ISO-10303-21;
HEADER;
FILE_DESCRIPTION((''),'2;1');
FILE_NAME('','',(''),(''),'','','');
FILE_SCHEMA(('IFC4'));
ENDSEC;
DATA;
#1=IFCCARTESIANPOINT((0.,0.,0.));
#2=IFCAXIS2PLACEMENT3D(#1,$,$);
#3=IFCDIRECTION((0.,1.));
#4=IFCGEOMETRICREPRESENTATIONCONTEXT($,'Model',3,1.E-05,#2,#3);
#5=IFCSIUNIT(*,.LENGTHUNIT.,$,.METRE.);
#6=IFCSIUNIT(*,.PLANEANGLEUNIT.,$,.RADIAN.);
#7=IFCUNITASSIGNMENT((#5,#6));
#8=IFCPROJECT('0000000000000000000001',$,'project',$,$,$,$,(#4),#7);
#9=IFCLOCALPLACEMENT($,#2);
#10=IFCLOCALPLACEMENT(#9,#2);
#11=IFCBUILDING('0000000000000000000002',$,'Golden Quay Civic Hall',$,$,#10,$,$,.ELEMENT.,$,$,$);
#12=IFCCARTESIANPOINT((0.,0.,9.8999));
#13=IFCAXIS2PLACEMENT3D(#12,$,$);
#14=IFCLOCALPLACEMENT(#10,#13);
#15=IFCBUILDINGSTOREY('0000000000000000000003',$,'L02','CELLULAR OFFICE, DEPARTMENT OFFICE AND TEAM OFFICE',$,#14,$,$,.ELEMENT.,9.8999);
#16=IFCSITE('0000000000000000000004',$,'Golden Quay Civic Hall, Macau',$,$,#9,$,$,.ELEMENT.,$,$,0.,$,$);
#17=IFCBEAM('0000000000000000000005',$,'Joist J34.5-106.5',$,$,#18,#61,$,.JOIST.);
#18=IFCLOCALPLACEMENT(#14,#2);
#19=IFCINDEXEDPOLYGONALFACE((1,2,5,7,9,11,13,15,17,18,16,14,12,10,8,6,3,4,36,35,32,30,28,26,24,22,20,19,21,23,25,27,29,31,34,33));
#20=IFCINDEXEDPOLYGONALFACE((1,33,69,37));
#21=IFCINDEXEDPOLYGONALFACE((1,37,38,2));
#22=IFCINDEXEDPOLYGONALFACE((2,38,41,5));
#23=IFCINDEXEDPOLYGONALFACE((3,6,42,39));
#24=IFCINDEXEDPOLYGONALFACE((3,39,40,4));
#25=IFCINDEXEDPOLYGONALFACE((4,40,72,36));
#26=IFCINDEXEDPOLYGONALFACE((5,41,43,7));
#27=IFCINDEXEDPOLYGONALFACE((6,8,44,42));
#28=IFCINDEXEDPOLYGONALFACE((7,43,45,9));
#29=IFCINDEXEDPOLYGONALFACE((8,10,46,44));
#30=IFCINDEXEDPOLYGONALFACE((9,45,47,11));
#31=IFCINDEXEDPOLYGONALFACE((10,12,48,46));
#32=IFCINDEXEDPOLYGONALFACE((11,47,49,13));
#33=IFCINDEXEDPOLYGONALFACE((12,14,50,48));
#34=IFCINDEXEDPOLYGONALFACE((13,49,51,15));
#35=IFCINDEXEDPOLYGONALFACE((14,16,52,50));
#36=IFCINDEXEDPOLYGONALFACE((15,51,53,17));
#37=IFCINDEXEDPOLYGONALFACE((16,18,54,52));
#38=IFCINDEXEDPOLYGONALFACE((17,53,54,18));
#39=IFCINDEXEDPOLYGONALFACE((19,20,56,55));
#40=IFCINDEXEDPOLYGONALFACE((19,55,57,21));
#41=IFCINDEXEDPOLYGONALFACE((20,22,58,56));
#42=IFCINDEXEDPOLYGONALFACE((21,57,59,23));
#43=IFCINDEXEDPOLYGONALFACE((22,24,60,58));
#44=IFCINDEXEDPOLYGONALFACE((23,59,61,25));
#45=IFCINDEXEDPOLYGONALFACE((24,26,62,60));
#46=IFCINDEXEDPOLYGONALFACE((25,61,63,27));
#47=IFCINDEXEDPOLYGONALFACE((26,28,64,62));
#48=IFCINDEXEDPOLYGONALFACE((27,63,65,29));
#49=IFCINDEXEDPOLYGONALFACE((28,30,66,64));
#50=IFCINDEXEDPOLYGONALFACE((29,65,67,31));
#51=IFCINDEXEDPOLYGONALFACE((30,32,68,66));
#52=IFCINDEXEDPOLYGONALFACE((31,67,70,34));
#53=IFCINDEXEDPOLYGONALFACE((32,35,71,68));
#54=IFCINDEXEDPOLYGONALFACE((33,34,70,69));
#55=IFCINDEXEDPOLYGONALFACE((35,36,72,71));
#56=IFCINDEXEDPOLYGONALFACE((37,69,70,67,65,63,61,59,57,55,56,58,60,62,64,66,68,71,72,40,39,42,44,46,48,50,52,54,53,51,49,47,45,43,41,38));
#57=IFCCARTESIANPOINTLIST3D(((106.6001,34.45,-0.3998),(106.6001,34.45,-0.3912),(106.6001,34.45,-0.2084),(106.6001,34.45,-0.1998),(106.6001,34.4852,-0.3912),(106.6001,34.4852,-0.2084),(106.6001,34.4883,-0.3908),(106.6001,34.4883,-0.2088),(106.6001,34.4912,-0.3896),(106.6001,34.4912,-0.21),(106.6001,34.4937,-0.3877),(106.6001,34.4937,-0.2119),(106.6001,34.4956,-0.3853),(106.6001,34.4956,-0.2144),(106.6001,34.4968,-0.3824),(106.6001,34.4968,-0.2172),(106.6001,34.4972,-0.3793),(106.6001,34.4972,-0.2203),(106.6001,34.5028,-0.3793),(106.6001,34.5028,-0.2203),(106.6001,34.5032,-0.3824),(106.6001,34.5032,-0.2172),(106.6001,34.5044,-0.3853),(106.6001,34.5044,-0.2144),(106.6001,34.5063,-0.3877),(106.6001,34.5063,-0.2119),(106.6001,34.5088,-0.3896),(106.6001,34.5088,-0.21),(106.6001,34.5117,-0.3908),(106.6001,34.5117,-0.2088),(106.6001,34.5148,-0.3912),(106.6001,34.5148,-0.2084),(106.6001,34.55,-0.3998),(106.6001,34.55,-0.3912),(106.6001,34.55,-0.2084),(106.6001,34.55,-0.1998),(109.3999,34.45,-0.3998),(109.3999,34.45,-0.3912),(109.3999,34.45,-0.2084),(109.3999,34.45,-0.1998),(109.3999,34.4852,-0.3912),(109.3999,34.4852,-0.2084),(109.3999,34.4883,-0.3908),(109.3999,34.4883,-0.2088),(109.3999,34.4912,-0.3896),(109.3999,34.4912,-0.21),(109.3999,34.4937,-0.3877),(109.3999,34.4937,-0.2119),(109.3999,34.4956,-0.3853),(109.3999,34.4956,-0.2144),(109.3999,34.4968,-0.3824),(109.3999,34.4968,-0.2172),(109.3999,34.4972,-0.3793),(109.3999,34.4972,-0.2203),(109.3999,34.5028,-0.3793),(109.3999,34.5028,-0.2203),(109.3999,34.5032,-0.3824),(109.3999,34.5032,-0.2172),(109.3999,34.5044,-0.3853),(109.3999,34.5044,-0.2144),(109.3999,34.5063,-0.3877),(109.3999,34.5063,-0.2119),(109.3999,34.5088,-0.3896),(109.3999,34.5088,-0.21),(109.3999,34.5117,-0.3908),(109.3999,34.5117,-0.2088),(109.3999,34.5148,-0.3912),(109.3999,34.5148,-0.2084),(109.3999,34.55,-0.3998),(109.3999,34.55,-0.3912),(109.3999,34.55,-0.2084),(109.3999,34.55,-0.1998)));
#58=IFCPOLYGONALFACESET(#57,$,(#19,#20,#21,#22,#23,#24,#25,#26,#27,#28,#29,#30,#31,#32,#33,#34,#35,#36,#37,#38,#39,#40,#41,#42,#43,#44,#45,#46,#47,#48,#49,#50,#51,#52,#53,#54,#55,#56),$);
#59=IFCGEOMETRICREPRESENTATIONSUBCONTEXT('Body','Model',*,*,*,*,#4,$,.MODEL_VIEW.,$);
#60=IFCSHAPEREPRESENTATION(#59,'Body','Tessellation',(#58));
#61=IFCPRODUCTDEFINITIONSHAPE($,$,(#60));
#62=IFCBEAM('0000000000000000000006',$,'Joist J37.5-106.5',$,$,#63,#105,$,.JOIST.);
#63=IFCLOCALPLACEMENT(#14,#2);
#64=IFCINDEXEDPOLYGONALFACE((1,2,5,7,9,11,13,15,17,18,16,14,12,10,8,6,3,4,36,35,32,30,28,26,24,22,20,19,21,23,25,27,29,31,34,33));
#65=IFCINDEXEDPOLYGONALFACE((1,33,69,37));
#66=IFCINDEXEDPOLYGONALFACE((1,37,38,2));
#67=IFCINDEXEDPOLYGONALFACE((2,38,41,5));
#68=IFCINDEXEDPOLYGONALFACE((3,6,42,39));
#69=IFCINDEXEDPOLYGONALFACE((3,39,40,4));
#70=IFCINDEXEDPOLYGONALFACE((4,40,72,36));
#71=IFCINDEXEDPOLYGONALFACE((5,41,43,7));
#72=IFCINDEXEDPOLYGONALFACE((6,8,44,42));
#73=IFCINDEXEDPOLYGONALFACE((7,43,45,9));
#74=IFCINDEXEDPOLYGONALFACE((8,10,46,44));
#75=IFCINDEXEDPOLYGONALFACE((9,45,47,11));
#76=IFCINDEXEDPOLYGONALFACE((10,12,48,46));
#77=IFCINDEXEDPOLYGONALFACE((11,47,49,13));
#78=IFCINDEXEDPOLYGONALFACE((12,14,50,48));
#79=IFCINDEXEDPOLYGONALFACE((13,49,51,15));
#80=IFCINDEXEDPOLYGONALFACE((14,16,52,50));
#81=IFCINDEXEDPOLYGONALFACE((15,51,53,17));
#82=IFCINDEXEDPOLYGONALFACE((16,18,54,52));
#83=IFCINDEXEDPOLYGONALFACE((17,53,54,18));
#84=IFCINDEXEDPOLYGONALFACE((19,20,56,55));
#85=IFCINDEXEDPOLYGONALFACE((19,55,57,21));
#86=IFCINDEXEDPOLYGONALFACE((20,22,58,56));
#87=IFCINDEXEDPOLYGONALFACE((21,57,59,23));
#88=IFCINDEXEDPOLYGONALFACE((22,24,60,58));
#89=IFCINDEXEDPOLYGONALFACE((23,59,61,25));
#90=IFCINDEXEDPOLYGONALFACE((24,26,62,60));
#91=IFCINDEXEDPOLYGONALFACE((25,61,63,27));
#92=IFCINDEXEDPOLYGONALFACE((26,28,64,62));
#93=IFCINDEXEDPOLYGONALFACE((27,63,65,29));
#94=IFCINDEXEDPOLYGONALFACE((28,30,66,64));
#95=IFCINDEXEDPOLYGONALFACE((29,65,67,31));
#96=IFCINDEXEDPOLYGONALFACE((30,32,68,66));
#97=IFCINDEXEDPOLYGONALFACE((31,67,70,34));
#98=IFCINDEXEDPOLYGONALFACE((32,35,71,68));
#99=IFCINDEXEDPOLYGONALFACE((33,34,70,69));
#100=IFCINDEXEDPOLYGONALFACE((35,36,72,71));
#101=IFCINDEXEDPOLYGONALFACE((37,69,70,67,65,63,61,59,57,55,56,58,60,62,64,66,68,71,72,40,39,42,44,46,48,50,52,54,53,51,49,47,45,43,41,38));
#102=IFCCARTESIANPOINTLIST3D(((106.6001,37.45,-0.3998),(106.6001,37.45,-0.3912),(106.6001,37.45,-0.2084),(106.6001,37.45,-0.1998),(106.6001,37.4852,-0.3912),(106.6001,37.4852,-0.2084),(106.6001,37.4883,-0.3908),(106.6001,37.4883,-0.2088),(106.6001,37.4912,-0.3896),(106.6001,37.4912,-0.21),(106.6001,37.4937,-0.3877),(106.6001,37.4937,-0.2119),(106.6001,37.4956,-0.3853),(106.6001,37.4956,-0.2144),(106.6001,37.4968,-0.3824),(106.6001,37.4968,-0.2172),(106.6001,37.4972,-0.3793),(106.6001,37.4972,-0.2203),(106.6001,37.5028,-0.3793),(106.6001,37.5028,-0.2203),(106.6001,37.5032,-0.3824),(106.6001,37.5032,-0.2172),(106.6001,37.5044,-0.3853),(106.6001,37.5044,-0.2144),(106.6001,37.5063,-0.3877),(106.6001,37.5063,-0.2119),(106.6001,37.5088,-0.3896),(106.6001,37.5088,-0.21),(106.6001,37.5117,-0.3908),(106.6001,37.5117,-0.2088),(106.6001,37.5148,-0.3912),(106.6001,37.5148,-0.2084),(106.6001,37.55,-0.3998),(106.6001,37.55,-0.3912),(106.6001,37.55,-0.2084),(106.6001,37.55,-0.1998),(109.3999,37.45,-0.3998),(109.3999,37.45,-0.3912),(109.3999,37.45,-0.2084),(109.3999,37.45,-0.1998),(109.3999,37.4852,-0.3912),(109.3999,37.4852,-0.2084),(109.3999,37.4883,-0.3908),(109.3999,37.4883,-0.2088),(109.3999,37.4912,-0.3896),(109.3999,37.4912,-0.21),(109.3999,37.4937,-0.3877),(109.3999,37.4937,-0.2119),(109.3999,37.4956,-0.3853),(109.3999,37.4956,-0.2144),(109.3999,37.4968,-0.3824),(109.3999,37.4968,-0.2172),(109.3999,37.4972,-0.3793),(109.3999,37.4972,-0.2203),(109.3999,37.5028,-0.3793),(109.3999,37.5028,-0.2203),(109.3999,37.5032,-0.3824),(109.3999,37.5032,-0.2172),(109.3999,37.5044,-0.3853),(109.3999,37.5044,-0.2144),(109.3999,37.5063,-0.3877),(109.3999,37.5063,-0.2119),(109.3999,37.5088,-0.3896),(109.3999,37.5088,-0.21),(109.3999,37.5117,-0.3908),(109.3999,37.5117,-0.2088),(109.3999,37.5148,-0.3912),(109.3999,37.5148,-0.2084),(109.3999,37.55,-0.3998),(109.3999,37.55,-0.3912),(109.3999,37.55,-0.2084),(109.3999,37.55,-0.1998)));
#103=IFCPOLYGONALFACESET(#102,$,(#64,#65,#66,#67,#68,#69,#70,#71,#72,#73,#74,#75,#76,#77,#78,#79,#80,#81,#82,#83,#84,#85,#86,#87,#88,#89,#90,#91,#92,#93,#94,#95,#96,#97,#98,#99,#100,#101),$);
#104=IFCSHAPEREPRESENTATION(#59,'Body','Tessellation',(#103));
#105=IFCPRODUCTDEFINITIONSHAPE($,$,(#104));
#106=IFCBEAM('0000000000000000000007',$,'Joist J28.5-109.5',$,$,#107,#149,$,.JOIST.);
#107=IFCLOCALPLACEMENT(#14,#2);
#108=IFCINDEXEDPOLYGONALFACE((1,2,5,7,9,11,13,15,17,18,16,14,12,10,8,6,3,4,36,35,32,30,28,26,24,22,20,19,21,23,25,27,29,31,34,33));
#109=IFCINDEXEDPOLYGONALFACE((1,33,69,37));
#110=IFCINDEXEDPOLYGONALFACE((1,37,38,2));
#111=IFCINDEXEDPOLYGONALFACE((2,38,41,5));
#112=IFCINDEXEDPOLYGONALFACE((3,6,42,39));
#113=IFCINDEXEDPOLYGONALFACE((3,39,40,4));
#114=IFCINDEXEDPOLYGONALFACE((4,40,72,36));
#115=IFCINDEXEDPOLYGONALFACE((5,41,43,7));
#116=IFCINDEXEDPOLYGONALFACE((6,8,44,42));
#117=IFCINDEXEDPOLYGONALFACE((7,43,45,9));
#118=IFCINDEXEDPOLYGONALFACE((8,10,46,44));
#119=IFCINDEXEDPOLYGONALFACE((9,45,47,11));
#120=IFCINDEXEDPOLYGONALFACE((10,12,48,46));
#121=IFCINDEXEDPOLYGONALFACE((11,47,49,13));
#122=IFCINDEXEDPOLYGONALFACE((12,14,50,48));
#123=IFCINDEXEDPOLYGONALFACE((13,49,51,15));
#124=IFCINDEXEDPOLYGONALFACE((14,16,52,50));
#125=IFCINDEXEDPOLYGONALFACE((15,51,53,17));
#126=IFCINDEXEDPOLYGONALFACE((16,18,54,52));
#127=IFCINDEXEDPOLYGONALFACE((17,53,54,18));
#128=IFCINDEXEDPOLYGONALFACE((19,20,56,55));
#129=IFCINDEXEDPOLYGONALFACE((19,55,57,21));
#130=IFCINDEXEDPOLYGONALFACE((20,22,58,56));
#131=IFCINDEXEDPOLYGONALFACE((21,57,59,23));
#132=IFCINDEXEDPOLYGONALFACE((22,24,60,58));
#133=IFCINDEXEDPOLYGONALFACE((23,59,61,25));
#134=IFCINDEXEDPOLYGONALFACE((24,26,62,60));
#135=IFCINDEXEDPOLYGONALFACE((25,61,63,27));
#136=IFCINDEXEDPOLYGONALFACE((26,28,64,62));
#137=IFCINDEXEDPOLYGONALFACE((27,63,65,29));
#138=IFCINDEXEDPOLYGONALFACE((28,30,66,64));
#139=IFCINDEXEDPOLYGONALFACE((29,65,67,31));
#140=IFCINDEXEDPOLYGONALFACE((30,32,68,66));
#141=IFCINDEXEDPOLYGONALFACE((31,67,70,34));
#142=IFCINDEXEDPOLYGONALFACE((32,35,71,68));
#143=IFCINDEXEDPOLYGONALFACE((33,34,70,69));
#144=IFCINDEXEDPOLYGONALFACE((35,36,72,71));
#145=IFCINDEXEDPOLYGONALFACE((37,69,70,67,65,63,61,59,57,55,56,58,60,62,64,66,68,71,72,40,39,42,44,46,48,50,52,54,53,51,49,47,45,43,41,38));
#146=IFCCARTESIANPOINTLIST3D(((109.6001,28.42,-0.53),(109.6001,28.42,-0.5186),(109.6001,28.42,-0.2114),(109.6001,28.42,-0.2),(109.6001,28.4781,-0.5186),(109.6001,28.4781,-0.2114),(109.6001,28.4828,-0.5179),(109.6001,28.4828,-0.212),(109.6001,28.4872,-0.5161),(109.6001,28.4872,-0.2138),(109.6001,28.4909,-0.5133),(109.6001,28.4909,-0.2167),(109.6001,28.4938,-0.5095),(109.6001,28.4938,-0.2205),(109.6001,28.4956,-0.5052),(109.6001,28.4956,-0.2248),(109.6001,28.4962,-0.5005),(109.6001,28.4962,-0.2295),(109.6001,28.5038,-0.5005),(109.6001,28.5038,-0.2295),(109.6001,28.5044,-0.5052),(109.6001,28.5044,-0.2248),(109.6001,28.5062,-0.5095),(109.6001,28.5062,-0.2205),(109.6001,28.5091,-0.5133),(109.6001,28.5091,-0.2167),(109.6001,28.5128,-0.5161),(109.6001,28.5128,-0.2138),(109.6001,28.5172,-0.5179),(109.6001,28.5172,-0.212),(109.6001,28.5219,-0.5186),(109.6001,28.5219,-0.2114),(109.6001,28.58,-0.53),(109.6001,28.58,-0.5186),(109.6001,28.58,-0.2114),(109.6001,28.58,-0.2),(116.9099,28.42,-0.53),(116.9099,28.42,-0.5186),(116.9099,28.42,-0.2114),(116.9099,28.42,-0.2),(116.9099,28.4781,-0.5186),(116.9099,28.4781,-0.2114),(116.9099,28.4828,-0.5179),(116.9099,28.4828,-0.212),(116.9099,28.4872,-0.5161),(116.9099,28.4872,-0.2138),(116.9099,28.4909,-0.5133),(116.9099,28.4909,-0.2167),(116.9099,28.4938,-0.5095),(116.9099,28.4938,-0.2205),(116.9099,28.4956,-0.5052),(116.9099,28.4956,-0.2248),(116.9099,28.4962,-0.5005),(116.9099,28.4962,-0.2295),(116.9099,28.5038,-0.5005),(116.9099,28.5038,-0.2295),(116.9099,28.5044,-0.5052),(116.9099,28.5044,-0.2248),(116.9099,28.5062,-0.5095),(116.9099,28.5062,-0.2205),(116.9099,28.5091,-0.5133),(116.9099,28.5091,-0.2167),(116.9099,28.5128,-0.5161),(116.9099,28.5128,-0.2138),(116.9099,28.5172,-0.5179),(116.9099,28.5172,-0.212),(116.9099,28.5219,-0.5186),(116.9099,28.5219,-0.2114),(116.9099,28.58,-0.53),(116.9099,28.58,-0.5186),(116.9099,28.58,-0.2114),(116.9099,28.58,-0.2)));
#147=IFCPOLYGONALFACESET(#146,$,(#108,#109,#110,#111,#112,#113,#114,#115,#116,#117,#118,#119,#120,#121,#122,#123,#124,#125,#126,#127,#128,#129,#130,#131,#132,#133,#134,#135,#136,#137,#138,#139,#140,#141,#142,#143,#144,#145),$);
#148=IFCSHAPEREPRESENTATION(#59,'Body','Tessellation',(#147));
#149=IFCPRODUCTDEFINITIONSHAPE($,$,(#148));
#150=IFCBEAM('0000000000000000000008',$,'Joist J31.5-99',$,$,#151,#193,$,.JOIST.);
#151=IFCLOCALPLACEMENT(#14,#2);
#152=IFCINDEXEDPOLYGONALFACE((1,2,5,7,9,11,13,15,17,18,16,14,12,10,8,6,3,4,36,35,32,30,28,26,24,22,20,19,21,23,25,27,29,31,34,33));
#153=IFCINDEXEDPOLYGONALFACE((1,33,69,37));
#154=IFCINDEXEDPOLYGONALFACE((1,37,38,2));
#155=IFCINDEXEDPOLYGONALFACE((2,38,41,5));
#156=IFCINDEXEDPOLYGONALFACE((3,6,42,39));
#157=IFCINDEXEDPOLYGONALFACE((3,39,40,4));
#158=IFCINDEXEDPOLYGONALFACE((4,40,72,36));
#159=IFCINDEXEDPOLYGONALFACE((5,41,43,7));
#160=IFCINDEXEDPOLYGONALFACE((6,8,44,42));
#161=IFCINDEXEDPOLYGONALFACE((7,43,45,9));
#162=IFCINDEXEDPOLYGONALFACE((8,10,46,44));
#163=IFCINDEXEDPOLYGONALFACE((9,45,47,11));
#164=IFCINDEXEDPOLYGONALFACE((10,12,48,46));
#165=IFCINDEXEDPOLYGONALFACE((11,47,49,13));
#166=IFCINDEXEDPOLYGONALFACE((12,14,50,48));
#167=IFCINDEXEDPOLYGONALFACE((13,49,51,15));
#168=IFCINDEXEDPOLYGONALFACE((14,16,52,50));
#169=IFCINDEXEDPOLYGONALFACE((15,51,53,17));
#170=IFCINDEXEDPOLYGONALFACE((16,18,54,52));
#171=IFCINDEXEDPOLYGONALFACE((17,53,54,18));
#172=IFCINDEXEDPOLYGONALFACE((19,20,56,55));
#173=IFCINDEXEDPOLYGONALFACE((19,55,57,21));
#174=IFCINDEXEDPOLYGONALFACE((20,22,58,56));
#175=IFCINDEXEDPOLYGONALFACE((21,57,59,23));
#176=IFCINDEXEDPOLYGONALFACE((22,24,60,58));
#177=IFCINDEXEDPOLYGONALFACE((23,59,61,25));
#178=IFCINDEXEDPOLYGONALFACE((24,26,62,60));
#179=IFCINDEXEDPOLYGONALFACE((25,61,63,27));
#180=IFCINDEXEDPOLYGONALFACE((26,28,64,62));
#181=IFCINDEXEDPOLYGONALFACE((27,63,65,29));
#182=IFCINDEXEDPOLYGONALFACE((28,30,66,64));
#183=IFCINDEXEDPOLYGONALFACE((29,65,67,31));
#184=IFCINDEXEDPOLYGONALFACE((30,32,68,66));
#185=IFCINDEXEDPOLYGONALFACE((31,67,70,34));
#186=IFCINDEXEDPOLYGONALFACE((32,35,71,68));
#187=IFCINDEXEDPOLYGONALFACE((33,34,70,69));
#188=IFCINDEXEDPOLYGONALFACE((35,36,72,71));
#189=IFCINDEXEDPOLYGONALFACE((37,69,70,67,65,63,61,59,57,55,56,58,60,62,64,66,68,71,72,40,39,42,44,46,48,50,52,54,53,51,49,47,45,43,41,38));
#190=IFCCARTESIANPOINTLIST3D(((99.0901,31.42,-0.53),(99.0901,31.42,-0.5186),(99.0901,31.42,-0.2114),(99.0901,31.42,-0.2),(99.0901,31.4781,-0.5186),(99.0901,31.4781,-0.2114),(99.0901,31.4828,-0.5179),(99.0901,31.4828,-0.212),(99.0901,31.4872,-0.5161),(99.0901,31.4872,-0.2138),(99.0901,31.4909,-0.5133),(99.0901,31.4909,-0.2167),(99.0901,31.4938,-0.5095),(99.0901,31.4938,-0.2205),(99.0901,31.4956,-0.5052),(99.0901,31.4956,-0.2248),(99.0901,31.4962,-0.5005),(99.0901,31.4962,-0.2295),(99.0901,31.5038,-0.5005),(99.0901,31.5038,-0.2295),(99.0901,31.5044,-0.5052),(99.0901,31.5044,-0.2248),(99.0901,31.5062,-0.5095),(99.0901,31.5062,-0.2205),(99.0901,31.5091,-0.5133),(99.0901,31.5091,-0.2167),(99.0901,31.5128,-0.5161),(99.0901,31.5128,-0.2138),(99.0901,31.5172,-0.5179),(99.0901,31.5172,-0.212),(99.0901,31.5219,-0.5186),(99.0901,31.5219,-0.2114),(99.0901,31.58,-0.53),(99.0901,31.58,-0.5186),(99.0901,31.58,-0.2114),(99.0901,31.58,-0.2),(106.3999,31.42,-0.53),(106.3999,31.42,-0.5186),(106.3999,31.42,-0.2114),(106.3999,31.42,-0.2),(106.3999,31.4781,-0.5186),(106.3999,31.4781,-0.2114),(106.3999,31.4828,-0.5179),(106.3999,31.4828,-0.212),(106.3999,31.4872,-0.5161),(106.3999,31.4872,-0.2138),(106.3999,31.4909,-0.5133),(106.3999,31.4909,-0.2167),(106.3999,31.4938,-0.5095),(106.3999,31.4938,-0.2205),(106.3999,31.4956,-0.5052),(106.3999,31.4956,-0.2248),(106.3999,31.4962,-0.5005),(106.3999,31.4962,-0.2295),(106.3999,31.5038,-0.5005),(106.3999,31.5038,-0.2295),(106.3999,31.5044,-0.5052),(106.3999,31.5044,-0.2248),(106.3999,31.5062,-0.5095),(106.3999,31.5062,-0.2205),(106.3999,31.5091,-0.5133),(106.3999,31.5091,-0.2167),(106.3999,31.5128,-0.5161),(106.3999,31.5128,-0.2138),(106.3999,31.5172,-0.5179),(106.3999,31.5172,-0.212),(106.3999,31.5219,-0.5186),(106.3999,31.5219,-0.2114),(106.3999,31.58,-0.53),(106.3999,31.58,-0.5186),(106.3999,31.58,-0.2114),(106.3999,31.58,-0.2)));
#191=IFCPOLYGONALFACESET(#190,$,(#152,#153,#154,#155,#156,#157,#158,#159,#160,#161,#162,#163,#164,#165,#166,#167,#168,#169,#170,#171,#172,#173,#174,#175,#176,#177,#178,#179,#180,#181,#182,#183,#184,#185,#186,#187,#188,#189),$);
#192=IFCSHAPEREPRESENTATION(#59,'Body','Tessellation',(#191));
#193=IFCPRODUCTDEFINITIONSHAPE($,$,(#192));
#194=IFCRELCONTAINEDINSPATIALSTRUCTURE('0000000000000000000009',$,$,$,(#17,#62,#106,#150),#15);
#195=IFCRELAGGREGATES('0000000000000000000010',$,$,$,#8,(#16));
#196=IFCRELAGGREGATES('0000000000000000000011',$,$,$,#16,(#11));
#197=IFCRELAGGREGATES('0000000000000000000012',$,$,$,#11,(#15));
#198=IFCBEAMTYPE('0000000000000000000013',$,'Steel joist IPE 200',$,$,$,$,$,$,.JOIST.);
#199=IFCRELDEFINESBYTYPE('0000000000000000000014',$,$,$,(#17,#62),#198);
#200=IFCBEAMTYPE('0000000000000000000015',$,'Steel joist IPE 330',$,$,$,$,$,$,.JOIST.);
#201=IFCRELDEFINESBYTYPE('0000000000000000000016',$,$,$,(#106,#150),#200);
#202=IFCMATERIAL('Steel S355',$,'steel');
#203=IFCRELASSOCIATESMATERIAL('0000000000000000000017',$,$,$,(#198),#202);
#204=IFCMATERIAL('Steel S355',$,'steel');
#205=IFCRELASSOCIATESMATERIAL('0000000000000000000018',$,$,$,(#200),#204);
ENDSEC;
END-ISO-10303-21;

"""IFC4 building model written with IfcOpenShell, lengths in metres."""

from ifc_helpers import new_model, si_unit, direction, frame, origin, origin_2d, place, context, subcontext, project, spatial, i_section, extrude, material, material_profile, profile_set, type_object, element, save


model = new_model("IFC4")

# Units and contexts
model_context = context("Model", 3, precision=1e-05, world=origin(), true_north=direction((0.0, 1.0)))
body_context = subcontext(model_context, "Body", "Model", "MODEL_VIEW")
ifc_project = project(units=[si_unit("LENGTHUNIT", "METRE"), si_unit("PLANEANGLEUNIT", "RADIAN")], contexts=[model_context])

# Site, building, storey
site_placement = place(None, origin())
site = spatial("IfcSite", under=ifc_project, at=site_placement, Name="Golden Quay Civic Hall, Macau", CompositionType="ELEMENT", RefElevation=0.0)
building_placement = place(site_placement, origin())
building = spatial("IfcBuilding", under=site, at=building_placement, Name="Golden Quay Civic Hall", CompositionType="ELEMENT")
storey_placement = place(building_placement, frame((0.0, 0.0, 9.8999)))
storey = spatial("IfcBuildingStorey", under=building, at=storey_placement, Name="L02", Description="CELLULAR OFFICE, DEPARTMENT OFFICE AND TEAM OFFICE", CompositionType="ELEMENT", Elevation=9.8999)

# Beams
ifc_material_1 = material(Name="Steel S355", Category="steel")
ifc_material_profile_1 = material_profile(ifc_material_1, i_section(OverallWidth=0.1001, OverallDepth=0.2, WebThickness=0.0056, FlangeThickness=0.0085, FilletRadius=0.012, at=origin_2d()), Name="IPE 200")
ifc_profile_set_1 = profile_set([ifc_material_profile_1], Name="Steel S355")
beam_type_1 = type_object("IfcBeamType", Name="Steel joist IPE 200", PredefinedType="JOIST", material=ifc_profile_set_1)
for number, where, z_axis, x_axis, name in (
    (1, (106.6001, 34.5, -0.2998), (1.0, 0.0, 0.0), (0.0, 1.0, 0.0), "Joist J34.5-106.5"),
    (2, (106.6001, 37.5, -0.2998), (1.0, 0.0, 0.0), (0.0, 1.0, 0.0), "Joist J37.5-106.5"),
):
    element("IfcBeam", number, at=place(storey_placement, frame(where, z_axis=z_axis, x_axis=x_axis)), inside=storey, type_object=beam_type_1, Name=name, PredefinedType="JOIST", context=body_context, shape_type="SweptSolid", body=[
        extrude(i_section(OverallWidth=0.1001, OverallDepth=0.2, WebThickness=0.0056, FlangeThickness=0.0085, FilletRadius=0.012, at=origin_2d()), origin(), (0.0, 0.0, 1.0), 2.7998),
    ])
ifc_material_2 = material(Name="Steel S355", Category="steel")
ifc_material_profile_2 = material_profile(ifc_material_2, i_section(OverallWidth=0.1599, OverallDepth=0.3301, WebThickness=0.0076, FlangeThickness=0.0115, FilletRadius=0.0181, at=origin_2d()), Name="IPE 330")
ifc_profile_set_2 = profile_set([ifc_material_profile_2], Name="Steel S355")
beam_type_2 = type_object("IfcBeamType", Name="Steel joist IPE 330", PredefinedType="JOIST", material=ifc_profile_set_2)
for number, where, z_axis, x_axis, name in (
    (3, (109.6001, 28.5, -0.365), (1.0, 0.0, 0.0), (0.0, 1.0, 0.0), "Joist J28.5-109.5"),
    (4, (99.0901, 31.5, -0.365), (1.0, 0.0, 0.0), (0.0, 1.0, 0.0), "Joist J31.5-99"),
):
    element("IfcBeam", number, at=place(storey_placement, frame(where, z_axis=z_axis, x_axis=x_axis)), inside=storey, type_object=beam_type_2, Name=name, PredefinedType="JOIST", context=body_context, shape_type="SweptSolid", body=[
        extrude(i_section(OverallWidth=0.1599, OverallDepth=0.3301, WebThickness=0.0076, FlangeThickness=0.0115, FilletRadius=0.0181, at=origin_2d()), origin(), (0.0, 0.0, 1.0), 7.3098),
    ])

save(model, "model.ifc")
